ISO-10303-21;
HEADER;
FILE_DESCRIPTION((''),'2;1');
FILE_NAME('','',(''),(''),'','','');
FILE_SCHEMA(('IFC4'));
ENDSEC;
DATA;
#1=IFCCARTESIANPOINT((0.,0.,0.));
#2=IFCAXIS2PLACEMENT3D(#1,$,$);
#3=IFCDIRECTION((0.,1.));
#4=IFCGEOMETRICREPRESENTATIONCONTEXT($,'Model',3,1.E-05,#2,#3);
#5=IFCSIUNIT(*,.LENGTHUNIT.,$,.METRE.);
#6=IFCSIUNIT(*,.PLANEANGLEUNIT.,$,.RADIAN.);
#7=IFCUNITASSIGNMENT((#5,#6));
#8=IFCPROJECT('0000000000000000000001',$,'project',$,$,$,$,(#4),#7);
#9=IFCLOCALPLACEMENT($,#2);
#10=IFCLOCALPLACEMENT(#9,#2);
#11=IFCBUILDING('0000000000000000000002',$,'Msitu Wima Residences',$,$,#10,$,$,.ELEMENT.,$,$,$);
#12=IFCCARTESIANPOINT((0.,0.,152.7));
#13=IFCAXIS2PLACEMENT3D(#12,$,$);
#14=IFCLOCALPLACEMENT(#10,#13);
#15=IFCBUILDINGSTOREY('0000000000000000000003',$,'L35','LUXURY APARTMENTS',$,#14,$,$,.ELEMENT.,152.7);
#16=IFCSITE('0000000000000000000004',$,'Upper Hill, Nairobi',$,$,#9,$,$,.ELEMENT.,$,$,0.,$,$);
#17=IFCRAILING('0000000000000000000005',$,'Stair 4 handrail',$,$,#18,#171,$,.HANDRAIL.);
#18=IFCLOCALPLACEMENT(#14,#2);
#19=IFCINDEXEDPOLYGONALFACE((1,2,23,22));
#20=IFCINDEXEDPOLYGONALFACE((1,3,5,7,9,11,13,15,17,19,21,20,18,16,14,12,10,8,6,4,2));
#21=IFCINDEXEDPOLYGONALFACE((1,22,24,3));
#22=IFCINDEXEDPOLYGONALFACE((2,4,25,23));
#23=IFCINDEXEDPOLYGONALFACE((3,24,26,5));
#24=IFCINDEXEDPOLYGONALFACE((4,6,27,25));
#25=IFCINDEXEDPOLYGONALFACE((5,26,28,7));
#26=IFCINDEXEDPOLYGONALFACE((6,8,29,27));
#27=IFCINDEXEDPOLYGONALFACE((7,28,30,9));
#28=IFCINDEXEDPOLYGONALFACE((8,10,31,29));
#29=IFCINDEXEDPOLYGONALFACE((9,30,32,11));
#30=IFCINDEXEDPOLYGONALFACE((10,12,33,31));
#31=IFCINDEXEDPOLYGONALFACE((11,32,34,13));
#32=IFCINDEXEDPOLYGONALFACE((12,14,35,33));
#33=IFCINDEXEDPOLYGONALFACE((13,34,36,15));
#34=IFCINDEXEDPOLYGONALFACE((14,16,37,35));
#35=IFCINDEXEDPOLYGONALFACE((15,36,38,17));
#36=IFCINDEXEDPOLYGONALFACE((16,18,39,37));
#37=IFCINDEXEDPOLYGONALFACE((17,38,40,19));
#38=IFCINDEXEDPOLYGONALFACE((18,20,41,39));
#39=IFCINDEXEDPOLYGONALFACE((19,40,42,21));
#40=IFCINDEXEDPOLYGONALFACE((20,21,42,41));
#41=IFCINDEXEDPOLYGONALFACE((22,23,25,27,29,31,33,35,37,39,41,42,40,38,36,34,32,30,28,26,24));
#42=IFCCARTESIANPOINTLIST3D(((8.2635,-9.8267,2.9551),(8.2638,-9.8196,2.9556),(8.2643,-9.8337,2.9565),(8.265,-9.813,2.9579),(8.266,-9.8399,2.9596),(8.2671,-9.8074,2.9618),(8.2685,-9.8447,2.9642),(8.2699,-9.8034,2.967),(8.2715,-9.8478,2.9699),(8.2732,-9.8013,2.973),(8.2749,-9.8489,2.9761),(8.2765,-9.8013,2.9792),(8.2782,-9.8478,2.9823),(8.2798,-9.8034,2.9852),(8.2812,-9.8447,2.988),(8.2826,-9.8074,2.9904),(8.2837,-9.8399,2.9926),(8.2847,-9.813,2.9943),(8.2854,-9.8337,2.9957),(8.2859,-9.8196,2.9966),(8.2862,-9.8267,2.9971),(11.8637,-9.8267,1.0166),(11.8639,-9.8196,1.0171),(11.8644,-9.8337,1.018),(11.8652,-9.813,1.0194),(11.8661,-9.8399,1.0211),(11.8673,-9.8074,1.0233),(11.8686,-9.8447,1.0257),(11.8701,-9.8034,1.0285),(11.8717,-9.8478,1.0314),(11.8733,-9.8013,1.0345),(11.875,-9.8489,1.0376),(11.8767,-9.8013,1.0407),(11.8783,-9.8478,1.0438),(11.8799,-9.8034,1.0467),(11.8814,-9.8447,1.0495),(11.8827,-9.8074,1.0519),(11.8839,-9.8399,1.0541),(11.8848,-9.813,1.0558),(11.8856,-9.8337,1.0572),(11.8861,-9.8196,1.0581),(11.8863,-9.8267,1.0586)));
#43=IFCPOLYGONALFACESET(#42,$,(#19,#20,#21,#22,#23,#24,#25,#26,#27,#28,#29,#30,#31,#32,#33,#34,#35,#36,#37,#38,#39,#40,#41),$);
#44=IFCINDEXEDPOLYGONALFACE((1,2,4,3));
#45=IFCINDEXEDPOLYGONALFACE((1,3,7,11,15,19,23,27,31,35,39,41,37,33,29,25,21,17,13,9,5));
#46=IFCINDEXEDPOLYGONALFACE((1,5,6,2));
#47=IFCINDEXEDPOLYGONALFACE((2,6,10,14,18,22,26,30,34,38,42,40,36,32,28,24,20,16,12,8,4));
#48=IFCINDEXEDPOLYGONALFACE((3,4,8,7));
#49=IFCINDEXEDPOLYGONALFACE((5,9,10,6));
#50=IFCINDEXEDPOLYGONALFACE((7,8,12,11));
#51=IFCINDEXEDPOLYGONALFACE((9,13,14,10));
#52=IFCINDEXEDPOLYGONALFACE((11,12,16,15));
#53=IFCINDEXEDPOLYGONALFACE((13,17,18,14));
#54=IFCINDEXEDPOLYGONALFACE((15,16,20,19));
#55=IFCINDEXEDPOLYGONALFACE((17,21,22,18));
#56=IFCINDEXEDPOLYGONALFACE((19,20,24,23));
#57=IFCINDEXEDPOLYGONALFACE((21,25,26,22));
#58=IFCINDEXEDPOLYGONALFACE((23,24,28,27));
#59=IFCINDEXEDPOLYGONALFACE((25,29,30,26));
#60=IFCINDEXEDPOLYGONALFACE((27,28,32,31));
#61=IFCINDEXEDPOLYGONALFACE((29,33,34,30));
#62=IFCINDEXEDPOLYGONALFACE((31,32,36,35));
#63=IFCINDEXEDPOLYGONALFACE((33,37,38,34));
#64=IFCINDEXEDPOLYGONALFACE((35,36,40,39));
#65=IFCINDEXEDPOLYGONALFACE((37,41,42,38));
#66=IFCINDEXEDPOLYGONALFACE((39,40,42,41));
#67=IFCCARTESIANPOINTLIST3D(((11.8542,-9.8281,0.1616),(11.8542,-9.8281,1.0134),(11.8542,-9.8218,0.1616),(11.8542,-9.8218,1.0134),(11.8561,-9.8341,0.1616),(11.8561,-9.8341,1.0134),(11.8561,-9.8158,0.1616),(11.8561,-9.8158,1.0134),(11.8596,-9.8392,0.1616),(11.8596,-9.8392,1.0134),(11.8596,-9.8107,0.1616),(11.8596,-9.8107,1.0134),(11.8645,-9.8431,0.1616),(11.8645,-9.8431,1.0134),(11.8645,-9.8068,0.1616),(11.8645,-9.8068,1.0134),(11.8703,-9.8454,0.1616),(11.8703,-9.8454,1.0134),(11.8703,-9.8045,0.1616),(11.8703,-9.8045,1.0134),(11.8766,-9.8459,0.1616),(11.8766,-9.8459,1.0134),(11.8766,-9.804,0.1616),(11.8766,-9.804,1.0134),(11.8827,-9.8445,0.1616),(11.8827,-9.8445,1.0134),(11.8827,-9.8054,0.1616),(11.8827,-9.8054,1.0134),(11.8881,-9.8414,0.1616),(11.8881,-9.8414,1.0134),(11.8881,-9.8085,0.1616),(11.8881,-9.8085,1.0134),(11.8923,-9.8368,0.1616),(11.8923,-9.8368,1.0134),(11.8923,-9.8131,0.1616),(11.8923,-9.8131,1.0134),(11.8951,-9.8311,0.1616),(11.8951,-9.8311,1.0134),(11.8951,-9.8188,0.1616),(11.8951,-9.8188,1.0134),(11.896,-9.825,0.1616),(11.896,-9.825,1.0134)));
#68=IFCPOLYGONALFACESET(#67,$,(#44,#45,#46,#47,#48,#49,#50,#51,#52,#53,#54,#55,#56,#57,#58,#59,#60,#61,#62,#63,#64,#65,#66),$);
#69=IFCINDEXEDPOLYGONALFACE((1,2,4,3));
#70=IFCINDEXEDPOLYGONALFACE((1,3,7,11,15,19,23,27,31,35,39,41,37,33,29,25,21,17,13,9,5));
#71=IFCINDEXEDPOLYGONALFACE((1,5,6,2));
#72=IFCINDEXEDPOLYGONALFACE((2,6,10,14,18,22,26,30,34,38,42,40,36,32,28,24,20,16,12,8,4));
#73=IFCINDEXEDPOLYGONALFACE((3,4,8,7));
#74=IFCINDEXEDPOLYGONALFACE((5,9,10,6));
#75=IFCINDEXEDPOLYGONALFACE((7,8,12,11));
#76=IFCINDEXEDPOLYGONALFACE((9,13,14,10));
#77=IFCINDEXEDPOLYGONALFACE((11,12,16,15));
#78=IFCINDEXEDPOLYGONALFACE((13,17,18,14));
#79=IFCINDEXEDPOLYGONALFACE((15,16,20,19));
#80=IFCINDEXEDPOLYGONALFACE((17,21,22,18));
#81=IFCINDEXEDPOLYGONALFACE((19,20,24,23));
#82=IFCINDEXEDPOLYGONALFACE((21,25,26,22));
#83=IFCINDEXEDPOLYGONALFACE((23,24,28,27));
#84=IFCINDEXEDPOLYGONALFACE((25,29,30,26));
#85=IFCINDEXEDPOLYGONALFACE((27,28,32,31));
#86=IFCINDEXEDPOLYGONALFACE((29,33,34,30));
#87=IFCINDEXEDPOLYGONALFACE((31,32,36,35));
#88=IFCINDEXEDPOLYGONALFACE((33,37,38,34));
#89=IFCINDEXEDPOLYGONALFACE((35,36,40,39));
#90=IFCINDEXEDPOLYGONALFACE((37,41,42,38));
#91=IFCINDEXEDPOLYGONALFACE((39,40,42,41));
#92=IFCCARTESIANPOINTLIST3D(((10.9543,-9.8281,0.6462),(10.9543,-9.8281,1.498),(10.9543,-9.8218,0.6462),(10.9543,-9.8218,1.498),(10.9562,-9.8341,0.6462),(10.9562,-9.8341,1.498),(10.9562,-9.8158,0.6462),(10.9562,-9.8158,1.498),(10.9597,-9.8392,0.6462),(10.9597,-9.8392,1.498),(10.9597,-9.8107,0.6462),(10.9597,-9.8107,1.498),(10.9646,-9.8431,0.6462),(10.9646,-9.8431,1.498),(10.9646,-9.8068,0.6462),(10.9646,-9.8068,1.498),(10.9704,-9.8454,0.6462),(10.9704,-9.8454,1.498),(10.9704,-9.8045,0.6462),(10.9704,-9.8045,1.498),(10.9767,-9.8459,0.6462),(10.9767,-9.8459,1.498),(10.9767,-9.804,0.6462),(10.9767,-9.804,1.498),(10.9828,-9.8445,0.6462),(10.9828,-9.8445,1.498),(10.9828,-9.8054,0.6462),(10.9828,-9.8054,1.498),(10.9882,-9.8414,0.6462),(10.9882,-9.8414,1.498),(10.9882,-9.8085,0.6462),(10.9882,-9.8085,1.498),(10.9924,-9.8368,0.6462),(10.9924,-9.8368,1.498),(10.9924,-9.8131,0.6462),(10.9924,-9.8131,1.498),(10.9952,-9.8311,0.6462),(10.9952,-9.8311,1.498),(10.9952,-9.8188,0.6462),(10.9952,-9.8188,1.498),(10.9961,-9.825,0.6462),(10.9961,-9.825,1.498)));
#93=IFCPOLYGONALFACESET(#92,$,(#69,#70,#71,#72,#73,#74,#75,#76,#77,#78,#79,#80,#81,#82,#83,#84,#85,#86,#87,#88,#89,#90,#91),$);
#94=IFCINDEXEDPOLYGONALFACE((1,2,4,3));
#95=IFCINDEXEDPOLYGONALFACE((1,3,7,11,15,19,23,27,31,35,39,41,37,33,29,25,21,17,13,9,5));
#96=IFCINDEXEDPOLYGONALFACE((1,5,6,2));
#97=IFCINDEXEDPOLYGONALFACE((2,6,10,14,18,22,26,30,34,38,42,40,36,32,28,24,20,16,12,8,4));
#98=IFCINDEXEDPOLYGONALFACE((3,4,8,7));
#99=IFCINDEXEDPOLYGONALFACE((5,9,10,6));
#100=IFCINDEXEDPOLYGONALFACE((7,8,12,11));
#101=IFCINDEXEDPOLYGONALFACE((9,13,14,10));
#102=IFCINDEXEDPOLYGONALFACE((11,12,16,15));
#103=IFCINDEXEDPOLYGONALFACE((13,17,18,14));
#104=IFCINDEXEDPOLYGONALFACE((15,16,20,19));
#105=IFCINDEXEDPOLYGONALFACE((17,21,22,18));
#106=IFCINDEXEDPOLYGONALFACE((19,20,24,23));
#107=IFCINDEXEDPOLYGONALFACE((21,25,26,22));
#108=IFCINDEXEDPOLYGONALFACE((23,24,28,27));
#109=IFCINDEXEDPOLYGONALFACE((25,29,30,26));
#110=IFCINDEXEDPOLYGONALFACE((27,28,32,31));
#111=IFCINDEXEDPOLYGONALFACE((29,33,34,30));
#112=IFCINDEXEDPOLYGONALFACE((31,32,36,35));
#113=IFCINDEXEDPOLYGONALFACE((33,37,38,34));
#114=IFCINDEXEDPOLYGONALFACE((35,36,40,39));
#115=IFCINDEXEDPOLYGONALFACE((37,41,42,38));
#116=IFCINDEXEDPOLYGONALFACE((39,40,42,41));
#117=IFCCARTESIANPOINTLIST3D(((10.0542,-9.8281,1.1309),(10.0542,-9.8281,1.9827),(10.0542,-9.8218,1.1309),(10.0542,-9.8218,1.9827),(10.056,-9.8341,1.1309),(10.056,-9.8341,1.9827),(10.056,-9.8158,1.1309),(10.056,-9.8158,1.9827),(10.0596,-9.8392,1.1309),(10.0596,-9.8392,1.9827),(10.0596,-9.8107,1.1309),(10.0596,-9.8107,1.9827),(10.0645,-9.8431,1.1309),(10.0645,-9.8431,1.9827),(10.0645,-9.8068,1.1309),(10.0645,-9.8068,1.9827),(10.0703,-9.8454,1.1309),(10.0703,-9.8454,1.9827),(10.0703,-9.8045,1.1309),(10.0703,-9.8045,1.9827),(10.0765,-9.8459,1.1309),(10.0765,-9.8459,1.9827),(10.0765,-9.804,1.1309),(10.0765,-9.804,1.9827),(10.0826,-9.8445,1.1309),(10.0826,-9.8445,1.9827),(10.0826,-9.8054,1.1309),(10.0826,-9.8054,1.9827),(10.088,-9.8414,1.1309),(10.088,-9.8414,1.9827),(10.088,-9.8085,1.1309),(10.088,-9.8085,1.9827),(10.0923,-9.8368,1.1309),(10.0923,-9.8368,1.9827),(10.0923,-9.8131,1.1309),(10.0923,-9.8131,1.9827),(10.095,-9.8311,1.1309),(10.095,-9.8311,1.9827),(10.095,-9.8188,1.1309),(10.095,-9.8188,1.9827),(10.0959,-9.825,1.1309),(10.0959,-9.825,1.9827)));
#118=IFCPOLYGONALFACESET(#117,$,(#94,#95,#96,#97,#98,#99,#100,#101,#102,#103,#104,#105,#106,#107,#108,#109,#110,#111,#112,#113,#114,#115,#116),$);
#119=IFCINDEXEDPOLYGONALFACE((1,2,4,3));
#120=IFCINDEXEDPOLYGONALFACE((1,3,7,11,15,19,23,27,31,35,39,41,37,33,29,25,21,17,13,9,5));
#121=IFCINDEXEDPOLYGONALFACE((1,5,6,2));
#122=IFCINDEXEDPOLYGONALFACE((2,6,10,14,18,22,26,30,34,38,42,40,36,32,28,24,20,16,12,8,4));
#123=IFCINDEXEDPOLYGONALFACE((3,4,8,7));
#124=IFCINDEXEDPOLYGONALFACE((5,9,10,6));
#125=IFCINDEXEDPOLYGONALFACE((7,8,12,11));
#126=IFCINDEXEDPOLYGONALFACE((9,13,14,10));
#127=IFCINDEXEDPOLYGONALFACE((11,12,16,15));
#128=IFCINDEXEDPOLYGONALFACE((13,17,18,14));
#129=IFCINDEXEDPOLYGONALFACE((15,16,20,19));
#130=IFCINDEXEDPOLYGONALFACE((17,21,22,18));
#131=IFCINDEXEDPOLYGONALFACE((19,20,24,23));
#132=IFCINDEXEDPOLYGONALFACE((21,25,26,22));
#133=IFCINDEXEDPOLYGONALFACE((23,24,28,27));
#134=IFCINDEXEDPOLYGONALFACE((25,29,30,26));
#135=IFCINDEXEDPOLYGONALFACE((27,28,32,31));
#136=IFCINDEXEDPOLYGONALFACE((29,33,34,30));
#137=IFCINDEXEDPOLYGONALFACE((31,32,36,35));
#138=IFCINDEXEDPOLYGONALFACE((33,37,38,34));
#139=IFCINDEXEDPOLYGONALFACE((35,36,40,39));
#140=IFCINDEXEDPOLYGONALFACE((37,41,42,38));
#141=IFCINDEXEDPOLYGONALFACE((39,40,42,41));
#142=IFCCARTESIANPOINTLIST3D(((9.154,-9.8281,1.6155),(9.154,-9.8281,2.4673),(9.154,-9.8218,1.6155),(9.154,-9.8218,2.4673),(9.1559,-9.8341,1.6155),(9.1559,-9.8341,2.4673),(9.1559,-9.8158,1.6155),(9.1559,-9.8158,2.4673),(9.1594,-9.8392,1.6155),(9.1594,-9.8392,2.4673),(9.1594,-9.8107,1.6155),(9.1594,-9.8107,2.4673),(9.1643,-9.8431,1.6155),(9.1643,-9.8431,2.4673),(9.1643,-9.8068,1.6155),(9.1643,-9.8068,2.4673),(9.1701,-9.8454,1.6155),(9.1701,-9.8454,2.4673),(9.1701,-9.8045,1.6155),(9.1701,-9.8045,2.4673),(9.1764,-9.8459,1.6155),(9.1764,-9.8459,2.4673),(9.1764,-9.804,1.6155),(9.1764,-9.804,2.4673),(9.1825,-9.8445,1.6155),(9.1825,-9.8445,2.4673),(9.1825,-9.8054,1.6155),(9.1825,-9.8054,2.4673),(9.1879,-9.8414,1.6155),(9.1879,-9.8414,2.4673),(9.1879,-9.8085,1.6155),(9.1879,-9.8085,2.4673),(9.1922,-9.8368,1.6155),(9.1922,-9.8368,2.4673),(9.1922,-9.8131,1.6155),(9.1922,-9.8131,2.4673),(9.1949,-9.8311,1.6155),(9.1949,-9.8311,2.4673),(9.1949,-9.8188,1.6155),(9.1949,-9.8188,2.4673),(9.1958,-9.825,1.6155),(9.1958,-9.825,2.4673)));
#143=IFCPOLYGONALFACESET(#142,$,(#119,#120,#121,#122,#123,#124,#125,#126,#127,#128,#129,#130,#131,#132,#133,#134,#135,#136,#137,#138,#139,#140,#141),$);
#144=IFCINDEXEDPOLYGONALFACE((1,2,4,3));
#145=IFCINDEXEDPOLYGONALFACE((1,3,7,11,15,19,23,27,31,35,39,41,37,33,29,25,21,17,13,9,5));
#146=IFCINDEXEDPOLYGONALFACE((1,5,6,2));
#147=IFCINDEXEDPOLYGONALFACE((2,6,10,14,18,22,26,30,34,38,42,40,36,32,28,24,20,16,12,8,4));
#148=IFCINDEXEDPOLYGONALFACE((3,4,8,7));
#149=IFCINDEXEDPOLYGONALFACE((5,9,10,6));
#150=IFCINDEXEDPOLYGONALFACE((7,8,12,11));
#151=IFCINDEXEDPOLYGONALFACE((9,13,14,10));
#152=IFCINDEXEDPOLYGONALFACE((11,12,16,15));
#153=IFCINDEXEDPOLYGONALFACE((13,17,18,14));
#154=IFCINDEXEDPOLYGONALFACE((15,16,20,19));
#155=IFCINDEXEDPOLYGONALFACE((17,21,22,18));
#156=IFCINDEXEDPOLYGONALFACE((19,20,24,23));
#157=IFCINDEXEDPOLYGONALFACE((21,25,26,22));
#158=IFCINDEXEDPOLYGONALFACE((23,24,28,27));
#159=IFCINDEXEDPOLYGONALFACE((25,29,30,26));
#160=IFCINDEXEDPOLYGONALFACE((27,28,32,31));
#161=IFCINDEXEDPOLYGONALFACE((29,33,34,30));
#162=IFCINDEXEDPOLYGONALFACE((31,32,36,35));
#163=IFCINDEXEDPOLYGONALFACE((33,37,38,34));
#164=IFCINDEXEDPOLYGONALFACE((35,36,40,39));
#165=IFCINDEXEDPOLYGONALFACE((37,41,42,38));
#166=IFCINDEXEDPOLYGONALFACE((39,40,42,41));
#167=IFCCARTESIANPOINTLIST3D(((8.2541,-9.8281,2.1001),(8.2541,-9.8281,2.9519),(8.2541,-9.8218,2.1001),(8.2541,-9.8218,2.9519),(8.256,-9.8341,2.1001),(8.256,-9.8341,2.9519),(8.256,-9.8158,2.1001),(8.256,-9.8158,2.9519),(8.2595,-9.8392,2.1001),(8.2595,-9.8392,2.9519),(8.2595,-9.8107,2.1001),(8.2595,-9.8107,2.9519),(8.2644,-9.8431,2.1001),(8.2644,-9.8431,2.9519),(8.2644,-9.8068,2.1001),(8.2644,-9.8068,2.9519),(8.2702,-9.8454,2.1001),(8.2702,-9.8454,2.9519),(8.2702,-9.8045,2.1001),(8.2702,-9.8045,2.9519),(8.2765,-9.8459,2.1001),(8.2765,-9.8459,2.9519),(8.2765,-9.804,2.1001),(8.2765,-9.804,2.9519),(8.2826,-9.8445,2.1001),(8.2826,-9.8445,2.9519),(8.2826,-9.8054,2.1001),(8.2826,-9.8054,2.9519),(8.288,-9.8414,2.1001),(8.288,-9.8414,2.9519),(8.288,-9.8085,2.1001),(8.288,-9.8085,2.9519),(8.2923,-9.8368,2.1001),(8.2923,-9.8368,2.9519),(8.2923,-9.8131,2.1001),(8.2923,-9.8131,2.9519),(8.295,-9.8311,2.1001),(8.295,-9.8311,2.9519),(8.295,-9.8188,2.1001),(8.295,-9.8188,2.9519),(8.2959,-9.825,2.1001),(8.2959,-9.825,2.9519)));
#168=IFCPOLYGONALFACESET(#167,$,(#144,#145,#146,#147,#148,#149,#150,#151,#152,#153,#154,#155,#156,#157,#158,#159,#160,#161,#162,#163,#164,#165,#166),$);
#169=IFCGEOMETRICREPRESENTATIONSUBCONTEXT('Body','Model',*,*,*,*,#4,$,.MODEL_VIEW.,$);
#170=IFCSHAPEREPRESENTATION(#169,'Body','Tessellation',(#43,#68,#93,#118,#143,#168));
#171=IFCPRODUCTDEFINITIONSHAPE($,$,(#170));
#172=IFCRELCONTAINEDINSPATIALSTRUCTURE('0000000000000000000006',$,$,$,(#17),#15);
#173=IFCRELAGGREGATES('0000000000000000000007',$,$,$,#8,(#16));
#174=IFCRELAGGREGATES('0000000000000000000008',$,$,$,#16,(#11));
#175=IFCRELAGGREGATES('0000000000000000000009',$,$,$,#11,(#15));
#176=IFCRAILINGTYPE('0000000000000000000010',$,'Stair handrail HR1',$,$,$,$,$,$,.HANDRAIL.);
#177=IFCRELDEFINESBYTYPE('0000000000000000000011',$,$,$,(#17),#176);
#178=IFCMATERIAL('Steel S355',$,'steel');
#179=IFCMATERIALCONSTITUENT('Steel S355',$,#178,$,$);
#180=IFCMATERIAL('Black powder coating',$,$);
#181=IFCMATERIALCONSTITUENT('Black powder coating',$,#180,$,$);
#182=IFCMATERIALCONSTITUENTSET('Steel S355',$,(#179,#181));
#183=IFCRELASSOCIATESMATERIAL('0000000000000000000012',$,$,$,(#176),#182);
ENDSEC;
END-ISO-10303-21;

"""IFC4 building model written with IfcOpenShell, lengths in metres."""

from ifc_helpers import new_model, si_unit, direction, frame, origin, origin_2d, place, context, subcontext, project, spatial, circle, extrude, material, constituent, constituent_set, type_object, element, save


model = new_model("IFC4")

# Units and contexts
model_context = context("Model", 3, precision=1e-05, world=origin(), true_north=direction((0.0, 1.0)))
body_context = subcontext(model_context, "Body", "Model", "MODEL_VIEW")
ifc_project = project(units=[si_unit("LENGTHUNIT", "METRE"), si_unit("PLANEANGLEUNIT", "RADIAN")], contexts=[model_context])

# Site, building, storey
site_placement = place(None, origin())
site = spatial("IfcSite", under=ifc_project, at=site_placement, Name="Upper Hill, Nairobi", CompositionType="ELEMENT", RefElevation=0.0)
building_placement = place(site_placement, origin())
building = spatial("IfcBuilding", under=site, at=building_placement, Name="Msitu Wima Residences", CompositionType="ELEMENT")
storey_placement = place(building_placement, frame((0.0, 0.0, 152.7)))
storey = spatial("IfcBuildingStorey", under=building, at=storey_placement, Name="L35", Description="LUXURY APARTMENTS", CompositionType="ELEMENT", Elevation=152.7)

# Railing
ifc_material_1 = material(Name="Steel S355", Category="steel")
ifc_constituent_1 = constituent(ifc_material_1, Name="Steel S355")
ifc_material_2 = material(Name="Black powder coating")
ifc_constituent_2 = constituent(ifc_material_2, Name="Black powder coating")
ifc_constituent_set = constituent_set(constituents=[ifc_constituent_1, ifc_constituent_2], Name="Steel S355")
railing_type = type_object("IfcRailingType", Name="Stair handrail HR1", PredefinedType="HANDRAIL", material=ifc_constituent_set)
for number, where, name in (
    (1, (11.875, -9.825, 0.1616), "Stair 4 handrail"),
):
    element("IfcRailing", number, at=place(storey_placement, frame(where)), inside=storey, type_object=railing_type, Name=name, PredefinedType="HANDRAIL", context=body_context, shape_type="SweptSolid", body=[
        extrude(circle(Radius=0.0239, at=origin_2d()), frame((0.0, 0.0, 0.876), z_axis=(-0.880475, 0.0, 0.474093), x_axis=(0.0, -1.0, 0.0)), (0.0, 0.0, 1.0), 4.0889),
        extrude(circle(Radius=0.021, at=origin_2d()), origin(), (0.0, 0.0, 1.0), 0.8518),
        extrude(circle(Radius=0.021, at=origin_2d()), frame((-0.8999, 0.0, 0.4846)), (0.0, 0.0, 1.0), 0.8518),
        extrude(circle(Radius=0.021, at=origin_2d()), frame((-1.8, 0.0, 0.9692)), (0.0, 0.0, 1.0), 0.8518),
        extrude(circle(Radius=0.021, at=origin_2d()), frame((-2.7002, 0.0, 1.4539)), (0.0, 0.0, 1.0), 0.8518),
        extrude(circle(Radius=0.021, at=origin_2d()), frame((-3.6001, 0.0, 1.9385)), (0.0, 0.0, 1.0), 0.8518),
    ])

save(model, "model.ifc")
